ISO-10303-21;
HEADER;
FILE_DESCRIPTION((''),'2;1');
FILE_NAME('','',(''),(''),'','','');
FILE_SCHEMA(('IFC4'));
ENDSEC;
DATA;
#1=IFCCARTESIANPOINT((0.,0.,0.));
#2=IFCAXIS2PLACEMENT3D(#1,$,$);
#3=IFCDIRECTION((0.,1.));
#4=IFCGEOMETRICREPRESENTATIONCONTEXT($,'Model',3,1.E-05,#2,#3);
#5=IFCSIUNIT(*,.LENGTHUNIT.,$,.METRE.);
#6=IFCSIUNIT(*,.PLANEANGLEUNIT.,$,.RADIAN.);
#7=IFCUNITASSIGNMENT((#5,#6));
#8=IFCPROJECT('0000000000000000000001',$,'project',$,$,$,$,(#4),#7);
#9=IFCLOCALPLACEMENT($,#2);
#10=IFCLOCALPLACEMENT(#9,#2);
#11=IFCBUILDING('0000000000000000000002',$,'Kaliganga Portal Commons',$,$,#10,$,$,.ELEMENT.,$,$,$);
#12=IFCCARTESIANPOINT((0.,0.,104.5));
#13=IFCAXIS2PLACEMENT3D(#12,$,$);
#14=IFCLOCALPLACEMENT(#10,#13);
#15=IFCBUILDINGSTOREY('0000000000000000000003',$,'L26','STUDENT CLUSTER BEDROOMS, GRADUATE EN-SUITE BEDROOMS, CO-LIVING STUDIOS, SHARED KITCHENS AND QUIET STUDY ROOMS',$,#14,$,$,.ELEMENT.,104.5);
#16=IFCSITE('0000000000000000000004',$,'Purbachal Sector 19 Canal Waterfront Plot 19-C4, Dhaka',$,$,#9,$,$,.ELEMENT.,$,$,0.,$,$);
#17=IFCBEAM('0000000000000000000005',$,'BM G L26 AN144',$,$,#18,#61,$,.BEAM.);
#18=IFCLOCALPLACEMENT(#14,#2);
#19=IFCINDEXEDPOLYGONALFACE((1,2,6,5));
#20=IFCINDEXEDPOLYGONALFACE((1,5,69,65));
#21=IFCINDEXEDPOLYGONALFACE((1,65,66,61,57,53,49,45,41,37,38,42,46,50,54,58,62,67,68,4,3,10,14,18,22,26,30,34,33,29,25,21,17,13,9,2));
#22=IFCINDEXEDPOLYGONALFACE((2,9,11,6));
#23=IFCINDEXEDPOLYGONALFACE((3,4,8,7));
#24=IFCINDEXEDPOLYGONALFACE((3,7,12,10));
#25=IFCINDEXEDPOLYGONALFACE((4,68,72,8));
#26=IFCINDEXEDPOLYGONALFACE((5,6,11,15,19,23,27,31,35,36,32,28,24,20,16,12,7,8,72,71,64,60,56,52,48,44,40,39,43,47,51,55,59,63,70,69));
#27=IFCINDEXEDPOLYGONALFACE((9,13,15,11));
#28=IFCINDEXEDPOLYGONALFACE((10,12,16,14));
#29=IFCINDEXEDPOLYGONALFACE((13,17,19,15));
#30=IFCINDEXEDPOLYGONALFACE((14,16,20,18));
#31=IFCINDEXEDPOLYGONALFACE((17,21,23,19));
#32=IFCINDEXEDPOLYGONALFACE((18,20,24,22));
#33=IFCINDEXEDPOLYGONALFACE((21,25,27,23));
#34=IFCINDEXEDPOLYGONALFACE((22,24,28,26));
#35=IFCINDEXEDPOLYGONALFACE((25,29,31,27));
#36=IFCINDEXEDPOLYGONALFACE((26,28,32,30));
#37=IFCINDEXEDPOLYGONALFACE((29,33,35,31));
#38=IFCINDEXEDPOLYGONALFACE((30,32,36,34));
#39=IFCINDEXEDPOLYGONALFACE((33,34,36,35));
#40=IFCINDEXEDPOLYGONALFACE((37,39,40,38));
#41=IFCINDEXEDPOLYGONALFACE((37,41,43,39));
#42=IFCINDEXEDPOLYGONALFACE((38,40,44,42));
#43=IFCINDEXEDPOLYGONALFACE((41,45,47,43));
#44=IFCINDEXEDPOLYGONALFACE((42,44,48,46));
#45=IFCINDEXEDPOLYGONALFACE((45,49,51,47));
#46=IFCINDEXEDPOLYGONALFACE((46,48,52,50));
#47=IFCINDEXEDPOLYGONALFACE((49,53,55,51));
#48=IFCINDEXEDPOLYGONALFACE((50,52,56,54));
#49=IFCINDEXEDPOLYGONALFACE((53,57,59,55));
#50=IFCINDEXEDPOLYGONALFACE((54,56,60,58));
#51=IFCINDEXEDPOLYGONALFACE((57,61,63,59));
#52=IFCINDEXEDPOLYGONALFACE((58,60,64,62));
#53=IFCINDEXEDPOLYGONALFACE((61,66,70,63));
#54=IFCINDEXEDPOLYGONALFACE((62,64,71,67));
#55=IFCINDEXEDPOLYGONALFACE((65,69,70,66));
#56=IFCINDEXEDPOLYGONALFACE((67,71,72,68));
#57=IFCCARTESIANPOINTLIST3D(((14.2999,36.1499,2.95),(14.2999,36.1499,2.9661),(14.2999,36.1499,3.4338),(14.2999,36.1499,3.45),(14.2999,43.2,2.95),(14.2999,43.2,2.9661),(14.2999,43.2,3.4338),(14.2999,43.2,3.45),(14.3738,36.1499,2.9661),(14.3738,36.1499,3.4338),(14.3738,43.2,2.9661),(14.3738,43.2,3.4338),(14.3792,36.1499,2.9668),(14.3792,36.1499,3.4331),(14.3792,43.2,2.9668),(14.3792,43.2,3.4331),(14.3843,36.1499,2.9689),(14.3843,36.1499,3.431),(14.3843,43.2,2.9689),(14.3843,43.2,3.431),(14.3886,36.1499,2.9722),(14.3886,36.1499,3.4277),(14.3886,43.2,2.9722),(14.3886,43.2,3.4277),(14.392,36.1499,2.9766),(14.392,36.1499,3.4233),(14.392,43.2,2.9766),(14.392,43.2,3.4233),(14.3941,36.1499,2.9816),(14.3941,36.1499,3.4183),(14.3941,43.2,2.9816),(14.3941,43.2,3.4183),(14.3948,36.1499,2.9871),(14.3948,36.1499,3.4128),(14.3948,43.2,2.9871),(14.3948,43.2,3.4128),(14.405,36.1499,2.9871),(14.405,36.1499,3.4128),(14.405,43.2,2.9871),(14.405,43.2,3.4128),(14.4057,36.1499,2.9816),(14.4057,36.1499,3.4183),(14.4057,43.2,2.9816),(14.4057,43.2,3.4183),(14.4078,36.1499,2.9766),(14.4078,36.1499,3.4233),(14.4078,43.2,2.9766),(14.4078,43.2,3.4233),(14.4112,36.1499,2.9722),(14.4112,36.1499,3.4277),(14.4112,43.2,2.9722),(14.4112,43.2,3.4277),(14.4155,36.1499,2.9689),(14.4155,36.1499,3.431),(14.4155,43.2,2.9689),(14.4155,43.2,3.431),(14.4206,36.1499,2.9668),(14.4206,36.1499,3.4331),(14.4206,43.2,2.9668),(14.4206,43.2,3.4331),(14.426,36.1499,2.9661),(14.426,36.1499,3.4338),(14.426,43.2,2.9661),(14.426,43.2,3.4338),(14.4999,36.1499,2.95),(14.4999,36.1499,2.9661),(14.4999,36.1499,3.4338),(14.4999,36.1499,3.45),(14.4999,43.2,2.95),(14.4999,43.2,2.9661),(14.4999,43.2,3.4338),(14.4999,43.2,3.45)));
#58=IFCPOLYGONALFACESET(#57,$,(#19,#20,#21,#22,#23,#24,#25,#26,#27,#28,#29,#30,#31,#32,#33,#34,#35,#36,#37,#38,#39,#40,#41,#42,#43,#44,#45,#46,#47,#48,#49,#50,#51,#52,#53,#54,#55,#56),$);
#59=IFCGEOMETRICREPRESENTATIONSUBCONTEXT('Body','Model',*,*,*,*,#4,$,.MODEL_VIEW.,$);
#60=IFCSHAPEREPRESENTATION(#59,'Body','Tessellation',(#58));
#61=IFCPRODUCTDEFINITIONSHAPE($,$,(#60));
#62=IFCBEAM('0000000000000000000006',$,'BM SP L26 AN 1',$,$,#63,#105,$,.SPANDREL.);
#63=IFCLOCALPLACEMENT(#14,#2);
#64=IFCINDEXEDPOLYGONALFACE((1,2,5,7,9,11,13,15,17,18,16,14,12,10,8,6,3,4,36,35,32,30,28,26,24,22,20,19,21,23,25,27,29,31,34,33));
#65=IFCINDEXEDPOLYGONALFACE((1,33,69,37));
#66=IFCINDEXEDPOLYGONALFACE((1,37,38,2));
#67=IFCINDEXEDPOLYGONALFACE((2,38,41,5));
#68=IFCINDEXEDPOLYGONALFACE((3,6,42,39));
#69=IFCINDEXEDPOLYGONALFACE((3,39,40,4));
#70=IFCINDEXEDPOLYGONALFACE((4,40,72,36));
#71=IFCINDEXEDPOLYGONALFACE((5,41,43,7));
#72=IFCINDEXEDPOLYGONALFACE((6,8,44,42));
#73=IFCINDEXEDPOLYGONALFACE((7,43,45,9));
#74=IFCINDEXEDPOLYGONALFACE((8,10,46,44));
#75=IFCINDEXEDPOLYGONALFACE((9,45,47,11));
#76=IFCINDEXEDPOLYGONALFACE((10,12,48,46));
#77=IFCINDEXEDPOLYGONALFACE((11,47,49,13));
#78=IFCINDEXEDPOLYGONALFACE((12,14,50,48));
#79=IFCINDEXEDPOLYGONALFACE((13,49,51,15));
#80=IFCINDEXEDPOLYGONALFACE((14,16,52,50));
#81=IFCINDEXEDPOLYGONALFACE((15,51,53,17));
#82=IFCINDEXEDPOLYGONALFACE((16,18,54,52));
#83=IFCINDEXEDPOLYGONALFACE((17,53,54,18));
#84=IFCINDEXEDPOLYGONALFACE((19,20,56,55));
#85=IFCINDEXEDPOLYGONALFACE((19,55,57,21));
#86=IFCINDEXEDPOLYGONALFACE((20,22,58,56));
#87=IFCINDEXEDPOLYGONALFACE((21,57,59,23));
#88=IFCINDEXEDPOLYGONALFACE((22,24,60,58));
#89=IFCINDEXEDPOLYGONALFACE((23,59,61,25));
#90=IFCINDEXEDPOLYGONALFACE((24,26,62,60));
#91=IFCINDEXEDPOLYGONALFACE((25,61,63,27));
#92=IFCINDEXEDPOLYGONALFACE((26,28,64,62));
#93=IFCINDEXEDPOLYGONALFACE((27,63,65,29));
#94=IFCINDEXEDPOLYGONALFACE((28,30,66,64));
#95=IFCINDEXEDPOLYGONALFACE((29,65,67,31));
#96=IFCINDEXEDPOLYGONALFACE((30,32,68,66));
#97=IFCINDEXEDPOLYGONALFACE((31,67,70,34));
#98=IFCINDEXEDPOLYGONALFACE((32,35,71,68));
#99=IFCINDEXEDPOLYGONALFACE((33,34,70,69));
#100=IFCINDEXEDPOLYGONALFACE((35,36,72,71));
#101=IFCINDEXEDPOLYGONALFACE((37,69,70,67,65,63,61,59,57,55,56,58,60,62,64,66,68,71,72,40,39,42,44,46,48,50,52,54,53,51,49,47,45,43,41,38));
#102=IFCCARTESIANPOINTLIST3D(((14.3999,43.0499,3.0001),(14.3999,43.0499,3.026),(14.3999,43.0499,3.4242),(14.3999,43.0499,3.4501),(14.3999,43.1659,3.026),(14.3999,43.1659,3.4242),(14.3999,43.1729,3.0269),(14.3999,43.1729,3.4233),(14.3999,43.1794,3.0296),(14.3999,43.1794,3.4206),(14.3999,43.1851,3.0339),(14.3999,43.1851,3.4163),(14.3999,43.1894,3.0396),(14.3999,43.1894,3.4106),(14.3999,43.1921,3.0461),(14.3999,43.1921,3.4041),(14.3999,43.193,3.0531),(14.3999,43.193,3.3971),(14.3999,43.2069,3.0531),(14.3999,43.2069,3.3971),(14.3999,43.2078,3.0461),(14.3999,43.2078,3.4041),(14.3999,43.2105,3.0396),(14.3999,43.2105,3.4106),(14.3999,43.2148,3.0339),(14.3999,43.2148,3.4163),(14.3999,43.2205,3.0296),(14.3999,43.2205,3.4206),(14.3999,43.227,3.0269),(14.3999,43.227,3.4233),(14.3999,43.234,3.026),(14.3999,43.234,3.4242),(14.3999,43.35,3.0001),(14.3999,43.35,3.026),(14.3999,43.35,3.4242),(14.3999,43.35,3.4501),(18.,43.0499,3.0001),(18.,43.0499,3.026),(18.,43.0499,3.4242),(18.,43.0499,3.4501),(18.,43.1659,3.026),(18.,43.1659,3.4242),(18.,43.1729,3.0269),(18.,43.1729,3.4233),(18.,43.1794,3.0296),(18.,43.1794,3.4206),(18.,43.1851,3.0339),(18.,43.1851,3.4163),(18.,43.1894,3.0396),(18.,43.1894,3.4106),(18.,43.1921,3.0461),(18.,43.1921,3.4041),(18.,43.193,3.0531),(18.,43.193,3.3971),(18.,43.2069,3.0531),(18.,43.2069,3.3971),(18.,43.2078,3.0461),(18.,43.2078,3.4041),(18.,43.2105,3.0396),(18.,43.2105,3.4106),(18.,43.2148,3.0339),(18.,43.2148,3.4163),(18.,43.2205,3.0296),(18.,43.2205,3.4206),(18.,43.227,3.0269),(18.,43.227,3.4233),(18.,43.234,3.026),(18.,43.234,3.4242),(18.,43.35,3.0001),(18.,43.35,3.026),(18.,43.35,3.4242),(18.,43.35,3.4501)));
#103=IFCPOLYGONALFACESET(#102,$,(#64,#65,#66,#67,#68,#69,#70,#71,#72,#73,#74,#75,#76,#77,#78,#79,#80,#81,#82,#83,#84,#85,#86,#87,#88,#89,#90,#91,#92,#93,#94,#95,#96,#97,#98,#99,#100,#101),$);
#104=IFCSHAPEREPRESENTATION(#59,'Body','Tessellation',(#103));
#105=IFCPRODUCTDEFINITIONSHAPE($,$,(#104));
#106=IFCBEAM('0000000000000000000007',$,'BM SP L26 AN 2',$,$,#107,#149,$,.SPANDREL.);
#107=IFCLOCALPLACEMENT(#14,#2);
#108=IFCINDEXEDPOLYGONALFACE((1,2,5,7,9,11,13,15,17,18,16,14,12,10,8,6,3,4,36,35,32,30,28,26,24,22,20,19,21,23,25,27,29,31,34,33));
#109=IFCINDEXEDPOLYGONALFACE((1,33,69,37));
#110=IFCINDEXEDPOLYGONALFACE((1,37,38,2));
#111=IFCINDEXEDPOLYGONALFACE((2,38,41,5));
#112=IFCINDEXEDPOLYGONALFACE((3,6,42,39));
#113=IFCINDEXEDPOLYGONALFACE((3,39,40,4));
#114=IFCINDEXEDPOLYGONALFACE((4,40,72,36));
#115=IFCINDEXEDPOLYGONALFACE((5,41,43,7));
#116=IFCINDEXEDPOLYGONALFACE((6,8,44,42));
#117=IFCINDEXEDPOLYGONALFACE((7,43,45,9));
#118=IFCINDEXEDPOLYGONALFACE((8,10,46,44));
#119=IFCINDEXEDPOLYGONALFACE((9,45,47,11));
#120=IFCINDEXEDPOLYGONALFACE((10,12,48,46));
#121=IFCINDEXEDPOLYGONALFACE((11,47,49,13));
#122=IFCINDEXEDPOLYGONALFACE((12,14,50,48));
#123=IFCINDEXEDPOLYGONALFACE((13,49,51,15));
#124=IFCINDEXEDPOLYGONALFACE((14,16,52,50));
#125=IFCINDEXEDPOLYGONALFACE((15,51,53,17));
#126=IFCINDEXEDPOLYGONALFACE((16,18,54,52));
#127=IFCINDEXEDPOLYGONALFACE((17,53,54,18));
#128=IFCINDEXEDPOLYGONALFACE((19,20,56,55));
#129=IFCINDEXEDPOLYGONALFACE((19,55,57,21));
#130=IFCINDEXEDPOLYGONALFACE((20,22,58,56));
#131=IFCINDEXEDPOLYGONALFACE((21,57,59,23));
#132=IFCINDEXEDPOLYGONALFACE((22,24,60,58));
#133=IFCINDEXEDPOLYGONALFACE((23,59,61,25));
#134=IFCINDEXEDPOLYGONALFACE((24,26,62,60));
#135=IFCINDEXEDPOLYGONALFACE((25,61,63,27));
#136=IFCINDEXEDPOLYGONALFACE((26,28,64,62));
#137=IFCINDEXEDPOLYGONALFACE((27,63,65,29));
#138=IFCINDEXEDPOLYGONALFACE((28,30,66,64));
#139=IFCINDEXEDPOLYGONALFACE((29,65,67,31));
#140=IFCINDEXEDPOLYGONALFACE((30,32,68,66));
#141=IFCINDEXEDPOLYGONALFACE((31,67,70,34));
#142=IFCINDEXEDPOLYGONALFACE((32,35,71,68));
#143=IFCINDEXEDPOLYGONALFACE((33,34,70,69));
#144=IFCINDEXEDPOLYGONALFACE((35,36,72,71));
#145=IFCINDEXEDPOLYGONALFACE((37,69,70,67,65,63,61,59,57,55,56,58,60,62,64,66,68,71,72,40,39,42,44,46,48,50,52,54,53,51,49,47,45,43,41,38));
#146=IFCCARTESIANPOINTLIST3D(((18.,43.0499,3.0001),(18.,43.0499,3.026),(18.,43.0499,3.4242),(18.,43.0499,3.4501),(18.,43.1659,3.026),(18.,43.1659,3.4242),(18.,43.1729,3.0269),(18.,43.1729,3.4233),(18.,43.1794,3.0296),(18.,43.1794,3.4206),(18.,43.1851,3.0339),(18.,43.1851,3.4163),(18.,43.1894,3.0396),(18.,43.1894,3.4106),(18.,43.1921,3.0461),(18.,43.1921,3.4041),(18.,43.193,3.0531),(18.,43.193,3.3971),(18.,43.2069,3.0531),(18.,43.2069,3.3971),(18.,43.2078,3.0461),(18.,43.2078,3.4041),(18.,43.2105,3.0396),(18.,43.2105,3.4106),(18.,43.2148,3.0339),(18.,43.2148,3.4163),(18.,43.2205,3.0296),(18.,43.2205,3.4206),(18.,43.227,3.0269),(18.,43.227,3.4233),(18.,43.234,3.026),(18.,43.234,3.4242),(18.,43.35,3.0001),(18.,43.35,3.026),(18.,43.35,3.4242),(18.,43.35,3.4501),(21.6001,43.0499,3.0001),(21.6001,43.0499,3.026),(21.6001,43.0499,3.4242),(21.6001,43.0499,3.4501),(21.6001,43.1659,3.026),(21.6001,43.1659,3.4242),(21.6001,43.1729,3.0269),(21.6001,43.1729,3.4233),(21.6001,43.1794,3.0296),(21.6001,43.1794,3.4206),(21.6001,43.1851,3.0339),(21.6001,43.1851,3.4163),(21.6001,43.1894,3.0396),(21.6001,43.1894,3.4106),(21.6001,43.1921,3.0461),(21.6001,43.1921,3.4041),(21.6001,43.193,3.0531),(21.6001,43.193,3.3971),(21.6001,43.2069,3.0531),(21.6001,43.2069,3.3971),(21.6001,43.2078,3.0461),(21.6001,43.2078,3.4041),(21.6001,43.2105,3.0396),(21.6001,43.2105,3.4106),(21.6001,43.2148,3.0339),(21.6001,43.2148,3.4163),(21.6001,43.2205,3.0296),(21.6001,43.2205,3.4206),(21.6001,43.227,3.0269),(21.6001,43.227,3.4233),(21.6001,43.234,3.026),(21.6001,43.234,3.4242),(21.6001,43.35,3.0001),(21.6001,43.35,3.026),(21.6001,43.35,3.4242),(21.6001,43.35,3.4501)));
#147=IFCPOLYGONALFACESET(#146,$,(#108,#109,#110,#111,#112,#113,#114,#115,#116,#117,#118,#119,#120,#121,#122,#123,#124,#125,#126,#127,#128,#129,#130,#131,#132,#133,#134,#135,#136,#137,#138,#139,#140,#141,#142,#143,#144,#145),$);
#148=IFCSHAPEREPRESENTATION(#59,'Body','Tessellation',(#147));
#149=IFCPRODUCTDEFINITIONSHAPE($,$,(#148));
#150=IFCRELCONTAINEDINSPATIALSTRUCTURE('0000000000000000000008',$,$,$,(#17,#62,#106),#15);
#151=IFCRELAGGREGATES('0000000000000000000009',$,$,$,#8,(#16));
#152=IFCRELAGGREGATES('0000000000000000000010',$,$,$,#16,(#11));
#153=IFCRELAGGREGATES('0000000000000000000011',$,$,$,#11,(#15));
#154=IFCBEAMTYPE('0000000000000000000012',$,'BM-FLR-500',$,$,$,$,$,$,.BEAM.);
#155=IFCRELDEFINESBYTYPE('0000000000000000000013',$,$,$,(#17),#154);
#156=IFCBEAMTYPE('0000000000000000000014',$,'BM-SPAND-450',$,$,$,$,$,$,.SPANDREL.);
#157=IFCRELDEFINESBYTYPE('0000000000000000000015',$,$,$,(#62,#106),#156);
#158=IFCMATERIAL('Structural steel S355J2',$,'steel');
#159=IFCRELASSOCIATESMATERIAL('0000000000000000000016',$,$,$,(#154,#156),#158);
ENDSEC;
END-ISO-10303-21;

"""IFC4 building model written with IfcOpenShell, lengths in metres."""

from ifc_helpers import new_model, si_unit, direction, frame, origin, origin_2d, place, context, subcontext, project, spatial, i_section, extrude, source, transform, mapped, material, material_profile, profile_set, type_object, element, save


model = new_model("IFC4")

# Units and contexts
model_context = context("Model", 3, precision=1e-05, world=origin(), true_north=direction((0.0, 1.0)))
body_context = subcontext(model_context, "Body", "Model", "MODEL_VIEW")
ifc_project = project(units=[si_unit("LENGTHUNIT", "METRE"), si_unit("PLANEANGLEUNIT", "RADIAN")], contexts=[model_context])

# Site, building, storey
site_placement = place(None, origin())
site = spatial("IfcSite", under=ifc_project, at=site_placement, Name="Purbachal Sector 19 Canal Waterfront Plot 19-C4, Dhaka", CompositionType="ELEMENT", RefElevation=0.0)
building_placement = place(site_placement, origin())
building = spatial("IfcBuilding", under=site, at=building_placement, Name="Kaliganga Portal Commons", CompositionType="ELEMENT")
storey_placement = place(building_placement, frame((0.0, 0.0, 104.5)))
storey = spatial("IfcBuildingStorey", under=building, at=storey_placement, Name="L26", Description="STUDENT CLUSTER BEDROOMS, GRADUATE EN-SUITE BEDROOMS, CO-LIVING STUDIOS, SHARED KITCHENS AND QUIET STUDY ROOMS", CompositionType="ELEMENT", Elevation=104.5)

# Beams
ifc_material_1 = material(Name="Structural steel S355J2", Category="steel")
ifc_material_profile_1 = material_profile(ifc_material_1, i_section(OverallWidth=0.2, OverallDepth=0.5, WebThickness=0.0103, FlangeThickness=0.0161, FilletRadius=0.021, at=origin_2d()), Name="IPE 500")
ifc_profile_set_1 = profile_set([ifc_material_profile_1], Name="Structural steel S355J2 wide-flange")
beam_type_1 = type_object("IfcBeamType", Name="BM-FLR-500", PredefinedType="BEAM", material=ifc_profile_set_1)
shared_shape_1 = source(origin(), body_context, "Body", "SweptSolid", [
    extrude(i_section(OverallWidth=0.2, OverallDepth=0.5, WebThickness=0.0103, FlangeThickness=0.0161, FilletRadius=0.021, at=origin_2d()), origin(), (0.0, 0.0, 1.0), 7.05),
])
beam_1_placement = place(storey_placement, frame((14.3999, 36.1499, 3.2), z_axis=(0.0, 1.0, 0.0), x_axis=(-1.0, 0.0, 0.0)))
element("IfcBeam", 1, at=beam_1_placement, inside=storey, type_object=beam_type_1, Name="BM G L26 AN144", PredefinedType="BEAM", context=body_context, shape_type="MappedRepresentation", body=[
    mapped(shared_shape_1, transform((0.0, 0.0, 0.0), x_axis=(1.0, 0.0, 0.0), y_axis=(0.0, 1.0, 0.0), z_axis=(0.0, 0.0, 1.0), scale=1.0)),
])
ifc_material_profile_2 = material_profile(ifc_material_1, i_section(OverallWidth=0.3, OverallDepth=0.45, WebThickness=0.0139, FlangeThickness=0.0259, FilletRadius=0.0271, at=origin_2d()), Name="HE 450 B")
ifc_profile_set_2 = profile_set([ifc_material_profile_2], Name="Structural steel S355J2 wide-flange")
beam_type_2 = type_object("IfcBeamType", Name="BM-SPAND-450", PredefinedType="SPANDREL", material=ifc_profile_set_2)
shared_shape_2 = source(origin(), body_context, "Body", "SweptSolid", [
    extrude(i_section(OverallWidth=0.3, OverallDepth=0.45, WebThickness=0.0139, FlangeThickness=0.0259, FilletRadius=0.0271, at=origin_2d()), origin(), (0.0, 0.0, 1.0), 3.6001),
])
for number, where, z_axis, x_axis, name in (
    (2, (14.3999, 43.2, 3.2251), (1.0, 0.0, 0.0), (0.0, 1.0, 0.0), "BM SP L26 AN 1"),
    (3, (18.0, 43.2, 3.2251), (1.0, 0.0, 0.0), (0.0, 1.0, 0.0), "BM SP L26 AN 2"),
):
    element("IfcBeam", number, at=place(storey_placement, frame(where, z_axis=z_axis, x_axis=x_axis)), inside=storey, type_object=beam_type_2, Name=name, PredefinedType="SPANDREL", context=body_context, shape_type="MappedRepresentation", body=[
        mapped(shared_shape_2, transform((0.0, 0.0, 0.0), x_axis=(1.0, 0.0, 0.0), y_axis=(0.0, 1.0, 0.0), z_axis=(0.0, 0.0, 1.0), scale=1.0)),
    ])

save(model, "model.ifc")
